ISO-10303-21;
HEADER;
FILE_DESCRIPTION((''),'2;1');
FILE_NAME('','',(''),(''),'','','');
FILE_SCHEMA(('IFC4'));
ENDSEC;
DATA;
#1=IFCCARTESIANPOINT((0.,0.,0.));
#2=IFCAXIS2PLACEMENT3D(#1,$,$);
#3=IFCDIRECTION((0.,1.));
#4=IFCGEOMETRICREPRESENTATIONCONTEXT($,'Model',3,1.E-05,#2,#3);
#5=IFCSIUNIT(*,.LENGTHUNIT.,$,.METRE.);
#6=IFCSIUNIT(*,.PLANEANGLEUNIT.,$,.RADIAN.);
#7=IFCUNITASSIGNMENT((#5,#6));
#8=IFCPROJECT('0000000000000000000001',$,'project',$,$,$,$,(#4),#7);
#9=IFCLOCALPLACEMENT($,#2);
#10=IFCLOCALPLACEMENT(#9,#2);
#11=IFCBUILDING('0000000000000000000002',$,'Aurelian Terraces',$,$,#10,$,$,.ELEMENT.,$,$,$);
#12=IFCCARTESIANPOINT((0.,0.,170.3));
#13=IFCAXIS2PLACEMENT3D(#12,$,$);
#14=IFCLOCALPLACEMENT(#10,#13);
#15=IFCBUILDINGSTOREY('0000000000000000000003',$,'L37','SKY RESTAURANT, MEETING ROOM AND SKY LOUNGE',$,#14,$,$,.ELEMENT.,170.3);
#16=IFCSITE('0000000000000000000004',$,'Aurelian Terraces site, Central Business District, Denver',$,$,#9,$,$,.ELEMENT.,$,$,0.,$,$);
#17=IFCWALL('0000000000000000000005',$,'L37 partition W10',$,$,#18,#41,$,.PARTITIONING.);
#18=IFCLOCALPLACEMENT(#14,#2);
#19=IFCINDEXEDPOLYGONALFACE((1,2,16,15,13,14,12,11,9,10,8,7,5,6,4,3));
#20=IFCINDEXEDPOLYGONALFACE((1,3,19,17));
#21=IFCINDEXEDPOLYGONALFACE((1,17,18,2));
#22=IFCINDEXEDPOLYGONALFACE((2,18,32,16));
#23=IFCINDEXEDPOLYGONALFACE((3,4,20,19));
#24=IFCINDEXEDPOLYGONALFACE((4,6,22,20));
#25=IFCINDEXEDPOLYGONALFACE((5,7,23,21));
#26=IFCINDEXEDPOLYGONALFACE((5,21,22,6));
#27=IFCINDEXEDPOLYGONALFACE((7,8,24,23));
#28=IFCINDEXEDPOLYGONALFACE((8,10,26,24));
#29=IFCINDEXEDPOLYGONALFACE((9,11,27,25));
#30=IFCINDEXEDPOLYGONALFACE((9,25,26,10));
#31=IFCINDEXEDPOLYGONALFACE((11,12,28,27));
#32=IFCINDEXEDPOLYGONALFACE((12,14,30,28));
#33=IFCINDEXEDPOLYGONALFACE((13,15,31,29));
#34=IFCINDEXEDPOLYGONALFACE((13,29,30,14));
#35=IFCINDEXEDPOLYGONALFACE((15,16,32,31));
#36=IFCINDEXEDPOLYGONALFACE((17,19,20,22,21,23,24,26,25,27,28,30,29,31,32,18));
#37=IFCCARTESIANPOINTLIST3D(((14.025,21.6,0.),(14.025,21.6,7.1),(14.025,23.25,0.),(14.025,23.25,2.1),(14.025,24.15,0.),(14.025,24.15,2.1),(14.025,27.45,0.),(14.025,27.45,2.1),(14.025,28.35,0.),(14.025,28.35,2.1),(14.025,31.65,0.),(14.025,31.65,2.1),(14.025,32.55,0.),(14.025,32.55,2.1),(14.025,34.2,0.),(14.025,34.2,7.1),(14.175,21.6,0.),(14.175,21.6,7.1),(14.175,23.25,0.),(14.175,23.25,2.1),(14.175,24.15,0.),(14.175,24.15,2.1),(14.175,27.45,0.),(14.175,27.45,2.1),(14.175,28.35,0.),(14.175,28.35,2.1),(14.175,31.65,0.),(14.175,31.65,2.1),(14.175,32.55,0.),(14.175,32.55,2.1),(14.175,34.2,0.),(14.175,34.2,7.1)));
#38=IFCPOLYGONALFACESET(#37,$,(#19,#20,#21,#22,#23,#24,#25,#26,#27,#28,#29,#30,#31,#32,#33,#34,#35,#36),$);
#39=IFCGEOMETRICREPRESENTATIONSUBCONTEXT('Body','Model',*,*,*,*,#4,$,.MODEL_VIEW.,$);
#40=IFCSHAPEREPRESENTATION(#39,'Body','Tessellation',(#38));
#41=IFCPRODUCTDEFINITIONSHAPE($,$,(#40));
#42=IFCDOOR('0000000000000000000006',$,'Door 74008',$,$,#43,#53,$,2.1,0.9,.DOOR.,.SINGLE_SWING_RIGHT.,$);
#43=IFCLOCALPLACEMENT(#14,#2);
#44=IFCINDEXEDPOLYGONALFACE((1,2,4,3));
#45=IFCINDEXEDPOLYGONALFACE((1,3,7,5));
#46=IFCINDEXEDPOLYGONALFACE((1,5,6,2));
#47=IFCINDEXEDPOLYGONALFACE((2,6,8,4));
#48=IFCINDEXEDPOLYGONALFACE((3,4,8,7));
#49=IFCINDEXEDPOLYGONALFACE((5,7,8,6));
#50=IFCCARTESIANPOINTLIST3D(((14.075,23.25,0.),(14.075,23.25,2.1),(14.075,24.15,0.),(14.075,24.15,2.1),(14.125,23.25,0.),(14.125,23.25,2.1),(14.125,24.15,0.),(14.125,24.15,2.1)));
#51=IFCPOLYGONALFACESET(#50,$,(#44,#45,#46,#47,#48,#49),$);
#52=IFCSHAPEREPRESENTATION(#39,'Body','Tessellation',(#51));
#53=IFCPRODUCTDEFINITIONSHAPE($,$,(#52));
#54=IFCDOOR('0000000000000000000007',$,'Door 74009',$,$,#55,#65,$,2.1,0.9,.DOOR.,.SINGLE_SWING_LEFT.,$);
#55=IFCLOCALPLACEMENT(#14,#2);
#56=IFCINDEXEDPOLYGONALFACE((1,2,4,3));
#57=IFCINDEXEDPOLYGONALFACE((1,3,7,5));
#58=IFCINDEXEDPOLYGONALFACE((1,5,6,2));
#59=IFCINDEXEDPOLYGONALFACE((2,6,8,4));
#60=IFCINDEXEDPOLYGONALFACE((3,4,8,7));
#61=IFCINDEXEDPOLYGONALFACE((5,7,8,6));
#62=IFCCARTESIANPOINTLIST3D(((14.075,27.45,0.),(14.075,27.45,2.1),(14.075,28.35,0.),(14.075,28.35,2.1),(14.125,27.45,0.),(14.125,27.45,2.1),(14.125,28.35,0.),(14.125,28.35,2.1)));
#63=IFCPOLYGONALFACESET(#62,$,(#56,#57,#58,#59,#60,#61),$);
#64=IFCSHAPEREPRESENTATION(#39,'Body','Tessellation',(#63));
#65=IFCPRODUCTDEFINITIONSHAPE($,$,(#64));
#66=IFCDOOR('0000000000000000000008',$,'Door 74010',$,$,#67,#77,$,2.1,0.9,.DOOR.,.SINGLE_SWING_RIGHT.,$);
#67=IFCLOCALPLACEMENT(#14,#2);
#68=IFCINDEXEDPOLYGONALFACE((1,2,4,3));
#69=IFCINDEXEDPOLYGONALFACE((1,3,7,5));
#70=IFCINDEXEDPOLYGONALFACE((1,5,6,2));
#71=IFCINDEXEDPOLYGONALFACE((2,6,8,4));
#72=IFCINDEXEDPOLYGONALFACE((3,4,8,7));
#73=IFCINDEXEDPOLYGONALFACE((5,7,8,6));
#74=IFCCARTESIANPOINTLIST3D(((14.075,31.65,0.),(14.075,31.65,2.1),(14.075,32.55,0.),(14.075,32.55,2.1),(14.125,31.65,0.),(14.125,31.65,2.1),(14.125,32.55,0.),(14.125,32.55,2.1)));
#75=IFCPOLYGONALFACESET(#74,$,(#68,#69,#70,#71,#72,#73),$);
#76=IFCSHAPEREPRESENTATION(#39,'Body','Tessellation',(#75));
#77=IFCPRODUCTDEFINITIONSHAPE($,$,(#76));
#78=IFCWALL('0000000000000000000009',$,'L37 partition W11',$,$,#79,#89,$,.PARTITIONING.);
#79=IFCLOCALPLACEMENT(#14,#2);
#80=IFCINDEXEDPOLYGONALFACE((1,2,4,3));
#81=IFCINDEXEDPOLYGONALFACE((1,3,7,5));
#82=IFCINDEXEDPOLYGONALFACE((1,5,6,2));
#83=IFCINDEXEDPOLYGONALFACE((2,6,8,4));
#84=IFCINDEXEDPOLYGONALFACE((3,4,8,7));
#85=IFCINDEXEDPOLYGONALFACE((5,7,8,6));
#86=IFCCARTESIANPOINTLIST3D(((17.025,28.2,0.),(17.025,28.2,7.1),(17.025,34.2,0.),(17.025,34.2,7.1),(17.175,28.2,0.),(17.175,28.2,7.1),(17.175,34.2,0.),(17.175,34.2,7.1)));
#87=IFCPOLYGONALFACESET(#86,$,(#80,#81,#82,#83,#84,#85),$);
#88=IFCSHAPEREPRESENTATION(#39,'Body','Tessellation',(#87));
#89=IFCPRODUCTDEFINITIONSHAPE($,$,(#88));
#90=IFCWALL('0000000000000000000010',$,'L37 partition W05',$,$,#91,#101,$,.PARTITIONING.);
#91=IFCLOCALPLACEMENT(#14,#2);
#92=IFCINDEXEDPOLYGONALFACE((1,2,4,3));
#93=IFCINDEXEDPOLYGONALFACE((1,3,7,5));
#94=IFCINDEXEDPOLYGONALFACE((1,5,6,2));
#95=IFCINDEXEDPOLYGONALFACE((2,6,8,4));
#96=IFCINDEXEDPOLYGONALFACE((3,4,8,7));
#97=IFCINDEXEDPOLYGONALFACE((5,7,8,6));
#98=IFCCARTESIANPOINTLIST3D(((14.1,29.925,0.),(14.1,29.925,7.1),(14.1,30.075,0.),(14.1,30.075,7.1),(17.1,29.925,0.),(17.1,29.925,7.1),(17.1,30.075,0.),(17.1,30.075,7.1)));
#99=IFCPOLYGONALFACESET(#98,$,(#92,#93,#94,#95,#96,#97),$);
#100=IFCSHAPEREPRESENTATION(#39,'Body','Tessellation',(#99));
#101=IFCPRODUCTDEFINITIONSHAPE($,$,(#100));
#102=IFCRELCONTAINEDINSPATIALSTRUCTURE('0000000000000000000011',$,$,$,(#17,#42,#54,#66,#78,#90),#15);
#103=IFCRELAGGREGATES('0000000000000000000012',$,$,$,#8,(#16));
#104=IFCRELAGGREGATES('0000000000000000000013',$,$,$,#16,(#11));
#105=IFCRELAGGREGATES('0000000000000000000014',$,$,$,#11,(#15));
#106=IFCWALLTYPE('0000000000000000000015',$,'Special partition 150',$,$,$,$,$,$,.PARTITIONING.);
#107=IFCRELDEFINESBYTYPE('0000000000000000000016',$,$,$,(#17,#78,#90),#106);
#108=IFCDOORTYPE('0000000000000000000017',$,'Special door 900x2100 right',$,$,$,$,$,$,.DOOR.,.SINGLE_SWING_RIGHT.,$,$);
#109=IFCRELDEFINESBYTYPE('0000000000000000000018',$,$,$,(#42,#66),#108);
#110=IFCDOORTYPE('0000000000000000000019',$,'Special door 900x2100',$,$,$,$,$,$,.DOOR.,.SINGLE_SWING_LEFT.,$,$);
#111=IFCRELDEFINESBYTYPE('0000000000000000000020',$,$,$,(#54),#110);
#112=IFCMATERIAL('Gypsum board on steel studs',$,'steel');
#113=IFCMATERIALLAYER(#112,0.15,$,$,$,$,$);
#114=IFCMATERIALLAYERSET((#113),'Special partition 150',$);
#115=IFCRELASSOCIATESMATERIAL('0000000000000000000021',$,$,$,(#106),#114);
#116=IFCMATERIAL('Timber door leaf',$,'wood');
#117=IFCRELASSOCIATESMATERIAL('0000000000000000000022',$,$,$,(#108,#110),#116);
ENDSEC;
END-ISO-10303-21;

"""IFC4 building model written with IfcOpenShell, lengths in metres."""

from ifc_helpers import new_model, si_unit, direction, frame, frame_2d, origin, place, context, subcontext, project, spatial, rectangle, extrude, source, transform, mapped, material, layer, layer_set, type_object, element, fill, save


model = new_model("IFC4")

# Units and contexts
model_context = context("Model", 3, precision=1e-05, world=origin(), true_north=direction((0.0, 1.0)))
body_context = subcontext(model_context, "Body", "Model", "MODEL_VIEW")
ifc_project = project(units=[si_unit("LENGTHUNIT", "METRE"), si_unit("PLANEANGLEUNIT", "RADIAN")], contexts=[model_context])

# Site, building, storey
site_placement = place(None, origin())
site = spatial("IfcSite", under=ifc_project, at=site_placement, Name="Aurelian Terraces site, Central Business District, Denver", CompositionType="ELEMENT", RefElevation=0.0)
building_placement = place(site_placement, origin())
building = spatial("IfcBuilding", under=site, at=building_placement, Name="Aurelian Terraces", CompositionType="ELEMENT")
storey_placement = place(building_placement, frame((0.0, 0.0, 170.3)))
storey = spatial("IfcBuildingStorey", under=building, at=storey_placement, Name="L37", Description="SKY RESTAURANT, MEETING ROOM AND SKY LOUNGE", CompositionType="ELEMENT", Elevation=170.3)

# Shared definitions
ifc_material_1 = material(Name="Gypsum board on steel studs", Category="steel")
ifc_layer_1 = layer(ifc_material_1, 0.15)
ifc_layer_set_1 = layer_set([ifc_layer_1], Name="Special partition 150")
wall_type = type_object("IfcWallType", Name="Special partition 150", PredefinedType="PARTITIONING", material=ifc_layer_set_1)

# Shared definitions
ifc_material_2 = material(Name="Timber door leaf", Category="wood")

# Wall, openings, doors
wall_1_placement = place(storey_placement, frame((14.1, 21.6, 0.0), z_axis=(0.0, 0.0, 1.0), x_axis=(0.0, 1.0, 0.0)))
wall_1 = element("IfcWall", 1, at=wall_1_placement, inside=storey, type_object=wall_type, Name="L37 partition W10", PredefinedType="PARTITIONING", context=body_context, shape_type="SweptSolid", body=[
    extrude(rectangle(XDim=12.6, YDim=0.15, at=frame_2d((6.3, 0.0))), origin(), (0.0, 0.0, 1.0), 7.1),
])
shared_shape_1 = source(origin(), body_context, "Body", "SweptSolid", [
    extrude(rectangle(XDim=0.9, YDim=2.1, at=frame_2d((0.45, 1.05))), frame((0.0, 0.085, 0.0), z_axis=(0.0, -1.0, 0.0), x_axis=(1.0, 0.0, 0.0)), (0.0, 0.0, 1.0), 0.17),
])
opening_1_placement = place(wall_1_placement, frame((1.65, 0.0, 0.0)))
opening_1 = element("IfcOpeningElement", 2, at=opening_1_placement, cuts=wall_1, PredefinedType="OPENING", context=body_context, shape_type="MappedRepresentation", body=[
    mapped(shared_shape_1, transform((0.0, 0.0, 0.0), scale=1.0)),
])
opening_2_placement = place(wall_1_placement, frame((5.85, 0.0, 0.0)))
opening_2 = element("IfcOpeningElement", 3, at=opening_2_placement, cuts=wall_1, PredefinedType="OPENING", context=body_context, shape_type="MappedRepresentation", body=[
    mapped(shared_shape_1, transform((0.0, 0.0, 0.0), scale=1.0)),
])
opening_3_placement = place(wall_1_placement, frame((10.05, 0.0, 0.0)))
opening_3 = element("IfcOpeningElement", 4, at=opening_3_placement, cuts=wall_1, PredefinedType="OPENING", context=body_context, shape_type="MappedRepresentation", body=[
    mapped(shared_shape_1, transform((0.0, 0.0, 0.0), scale=1.0)),
])
door_type_1 = type_object("IfcDoorType", Name="Special door 900x2100 right", OperationType="SINGLE_SWING_RIGHT", PredefinedType="DOOR", material=ifc_material_2)
shared_shape_2 = source(origin(), body_context, "Body", "SweptSolid", [
    extrude(rectangle(XDim=0.9, YDim=2.1, at=frame_2d((0.45, 1.05))), frame((0.0, 0.025, 0.0), z_axis=(0.0, -1.0, 0.0), x_axis=(1.0, 0.0, 0.0)), (0.0, 0.0, 1.0), 0.05),
])
door_1_placement = place(opening_1_placement, origin())
door_1 = element("IfcDoor", 5, at=door_1_placement, inside=storey, type_object=door_type_1, Name="Door 74008", OperationType="SINGLE_SWING_RIGHT", OverallHeight=2.1, OverallWidth=0.9, PredefinedType="DOOR", context=body_context, shape_type="MappedRepresentation", body=[
    mapped(shared_shape_2, transform((0.0, 0.0, 0.0), scale=1.0)),
])
fill(opening_1, door_1)
door_type_2 = type_object("IfcDoorType", Name="Special door 900x2100", OperationType="SINGLE_SWING_LEFT", PredefinedType="DOOR", material=ifc_material_2)
door_2_placement = place(opening_2_placement, origin())
door_2 = element("IfcDoor", 6, at=door_2_placement, inside=storey, type_object=door_type_2, Name="Door 74009", OperationType="SINGLE_SWING_LEFT", OverallHeight=2.1, OverallWidth=0.9, PredefinedType="DOOR", context=body_context, shape_type="MappedRepresentation", body=[
    mapped(shared_shape_2, transform((0.0, 0.0, 0.0), scale=1.0)),
])
fill(opening_2, door_2)
door_3_placement = place(opening_3_placement, origin())
door_3 = element("IfcDoor", 7, at=door_3_placement, inside=storey, type_object=door_type_1, Name="Door 74010", OperationType="SINGLE_SWING_RIGHT", OverallHeight=2.1, OverallWidth=0.9, PredefinedType="DOOR", context=body_context, shape_type="MappedRepresentation", body=[
    mapped(shared_shape_2, transform((0.0, 0.0, 0.0), scale=1.0)),
])
fill(opening_3, door_3)

# Walls
wall_2_placement = place(storey_placement, frame((17.1, 28.2, 0.0), z_axis=(0.0, 0.0, 1.0), x_axis=(0.0, 1.0, 0.0)))
element("IfcWall", 8, at=wall_2_placement, inside=storey, type_object=wall_type, Name="L37 partition W11", PredefinedType="PARTITIONING", context=body_context, shape_type="SweptSolid", body=[
    extrude(rectangle(XDim=6.0, YDim=0.15, at=frame_2d((3.0, 0.0))), origin(), (0.0, 0.0, 1.0), 7.1),
])
shared_shape_3 = source(origin(), body_context, "Body", "SweptSolid", [
    extrude(rectangle(XDim=3.0, YDim=0.15, at=frame_2d((1.5, 0.0))), origin(), (0.0, 0.0, 1.0), 7.1),
])
wall_3_placement = place(storey_placement, frame((14.1, 30.0, 0.0), z_axis=(0.0, 0.0, 1.0), x_axis=(1.0, 0.0, 0.0)))
element("IfcWall", 9, at=wall_3_placement, inside=storey, type_object=wall_type, Name="L37 partition W05", PredefinedType="PARTITIONING", context=body_context, shape_type="MappedRepresentation", body=[
    mapped(shared_shape_3, transform((0.0, 0.0, 0.0), scale=1.0)),
])

save(model, "model.ifc")
